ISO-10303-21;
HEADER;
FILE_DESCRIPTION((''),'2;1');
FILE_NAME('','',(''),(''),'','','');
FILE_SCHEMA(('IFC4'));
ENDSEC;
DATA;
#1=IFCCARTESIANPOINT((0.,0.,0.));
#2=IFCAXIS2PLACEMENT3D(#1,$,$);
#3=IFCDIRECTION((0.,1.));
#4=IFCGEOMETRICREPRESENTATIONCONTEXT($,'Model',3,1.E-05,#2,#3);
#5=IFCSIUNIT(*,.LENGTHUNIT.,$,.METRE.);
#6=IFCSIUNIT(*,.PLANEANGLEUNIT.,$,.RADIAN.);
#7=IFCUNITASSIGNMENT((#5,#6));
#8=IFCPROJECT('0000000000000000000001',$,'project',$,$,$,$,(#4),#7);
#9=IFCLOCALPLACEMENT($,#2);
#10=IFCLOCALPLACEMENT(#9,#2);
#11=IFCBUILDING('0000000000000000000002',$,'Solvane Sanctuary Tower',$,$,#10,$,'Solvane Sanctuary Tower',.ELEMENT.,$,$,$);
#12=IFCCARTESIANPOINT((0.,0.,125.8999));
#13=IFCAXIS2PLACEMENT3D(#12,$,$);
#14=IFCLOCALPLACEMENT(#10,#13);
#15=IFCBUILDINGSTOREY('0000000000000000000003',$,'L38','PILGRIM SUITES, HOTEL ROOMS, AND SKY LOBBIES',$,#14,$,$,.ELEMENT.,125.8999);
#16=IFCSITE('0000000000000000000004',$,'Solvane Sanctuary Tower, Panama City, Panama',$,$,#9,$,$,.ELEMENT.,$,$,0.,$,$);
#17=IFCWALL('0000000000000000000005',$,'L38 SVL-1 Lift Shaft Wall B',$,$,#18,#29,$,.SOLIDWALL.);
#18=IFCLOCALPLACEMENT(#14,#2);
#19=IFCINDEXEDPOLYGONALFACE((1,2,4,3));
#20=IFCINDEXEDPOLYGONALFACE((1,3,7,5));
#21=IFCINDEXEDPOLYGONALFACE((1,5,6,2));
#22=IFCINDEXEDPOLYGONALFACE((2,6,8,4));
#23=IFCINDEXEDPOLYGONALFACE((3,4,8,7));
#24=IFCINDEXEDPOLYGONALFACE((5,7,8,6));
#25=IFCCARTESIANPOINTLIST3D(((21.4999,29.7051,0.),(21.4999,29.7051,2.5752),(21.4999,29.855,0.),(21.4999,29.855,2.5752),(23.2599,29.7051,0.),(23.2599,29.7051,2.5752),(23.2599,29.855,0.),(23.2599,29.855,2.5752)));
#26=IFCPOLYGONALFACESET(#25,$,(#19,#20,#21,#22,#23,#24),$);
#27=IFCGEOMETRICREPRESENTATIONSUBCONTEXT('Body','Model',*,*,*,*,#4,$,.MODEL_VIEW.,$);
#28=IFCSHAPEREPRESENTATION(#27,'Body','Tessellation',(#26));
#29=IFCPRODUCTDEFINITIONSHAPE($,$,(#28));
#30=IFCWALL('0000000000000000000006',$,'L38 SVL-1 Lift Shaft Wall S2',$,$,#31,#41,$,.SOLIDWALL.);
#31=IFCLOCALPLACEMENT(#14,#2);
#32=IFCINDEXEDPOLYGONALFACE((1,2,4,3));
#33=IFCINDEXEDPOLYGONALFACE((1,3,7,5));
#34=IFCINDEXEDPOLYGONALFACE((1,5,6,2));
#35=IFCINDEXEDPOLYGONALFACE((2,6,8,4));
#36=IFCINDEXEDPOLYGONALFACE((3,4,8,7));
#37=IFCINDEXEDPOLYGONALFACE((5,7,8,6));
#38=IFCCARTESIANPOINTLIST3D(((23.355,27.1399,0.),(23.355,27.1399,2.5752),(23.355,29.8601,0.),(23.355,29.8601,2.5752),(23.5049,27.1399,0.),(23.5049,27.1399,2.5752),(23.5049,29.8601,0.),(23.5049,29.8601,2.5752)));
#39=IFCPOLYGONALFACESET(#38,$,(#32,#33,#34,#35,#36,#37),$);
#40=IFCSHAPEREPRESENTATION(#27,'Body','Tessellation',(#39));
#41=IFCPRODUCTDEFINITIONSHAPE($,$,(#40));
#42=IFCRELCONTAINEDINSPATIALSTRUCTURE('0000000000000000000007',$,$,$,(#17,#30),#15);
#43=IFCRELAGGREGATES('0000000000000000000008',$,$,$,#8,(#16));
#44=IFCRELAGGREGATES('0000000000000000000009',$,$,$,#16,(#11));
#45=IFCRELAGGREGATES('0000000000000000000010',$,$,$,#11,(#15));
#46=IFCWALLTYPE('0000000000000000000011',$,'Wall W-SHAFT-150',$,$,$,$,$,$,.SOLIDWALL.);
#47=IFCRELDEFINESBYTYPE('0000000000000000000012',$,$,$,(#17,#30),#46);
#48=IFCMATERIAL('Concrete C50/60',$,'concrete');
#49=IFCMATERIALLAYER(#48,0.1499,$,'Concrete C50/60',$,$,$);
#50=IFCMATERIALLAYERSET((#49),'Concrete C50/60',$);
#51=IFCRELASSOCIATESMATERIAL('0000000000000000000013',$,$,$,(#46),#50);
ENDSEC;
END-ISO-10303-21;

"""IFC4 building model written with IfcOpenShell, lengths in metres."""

from ifc_helpers import new_model, si_unit, direction, frame, frame_2d, origin, place, context, subcontext, project, spatial, rectangle, extrude, material, layer, layer_set, type_object, element, save


model = new_model("IFC4")

# Units and contexts
model_context = context("Model", 3, precision=1e-05, world=origin(), true_north=direction((0.0, 1.0)))
body_context = subcontext(model_context, "Body", "Model", "MODEL_VIEW")
ifc_project = project(units=[si_unit("LENGTHUNIT", "METRE"), si_unit("PLANEANGLEUNIT", "RADIAN")], contexts=[model_context])

# Site, building, storey
site_placement = place(None, origin())
site = spatial("IfcSite", under=ifc_project, at=site_placement, Name="Solvane Sanctuary Tower, Panama City, Panama", CompositionType="ELEMENT", RefElevation=0.0)
building_placement = place(site_placement, origin())
building = spatial("IfcBuilding", under=site, at=building_placement, Name="Solvane Sanctuary Tower", LongName="Solvane Sanctuary Tower", CompositionType="ELEMENT")
storey_placement = place(building_placement, frame((0.0, 0.0, 125.8999)))
storey = spatial("IfcBuildingStorey", under=building, at=storey_placement, Name="L38", Description="PILGRIM SUITES, HOTEL ROOMS, AND SKY LOBBIES", CompositionType="ELEMENT", Elevation=125.8999)

# Shared definitions
ifc_material_1 = material(Name="Concrete C50/60", Category="concrete")
ifc_layer_1 = layer(ifc_material_1, 0.1499, Name="Concrete C50/60")
ifc_layer_set_1 = layer_set([ifc_layer_1], Name="Concrete C50/60")
wall_type_1 = type_object("IfcWallType", Name="Wall W-SHAFT-150", PredefinedType="SOLIDWALL", material=ifc_layer_set_1)

# Walls
wall_1_placement = place(storey_placement, frame((21.5, 29.78, 0.0), z_axis=(0.0, 0.0, 1.0), x_axis=(1.0, 0.0, 0.0)))
element("IfcWall", 1, at=wall_1_placement, inside=storey, type_object=wall_type_1, Name="L38 SVL-1 Lift Shaft Wall B", PredefinedType="SOLIDWALL", context=body_context, shape_type="SweptSolid", body=[
    extrude(rectangle(XDim=1.76, YDim=0.1499, at=frame_2d((0.8799, 0.0))), origin(), (0.0, 0.0, 1.0), 2.5752),
])
wall_2_placement = place(storey_placement, frame((23.4299, 27.1399, 0.0), z_axis=(0.0, 0.0, 1.0), x_axis=(0.0, 1.0, 0.0)))
element("IfcWall", 2, at=wall_2_placement, inside=storey, type_object=wall_type_1, Name="L38 SVL-1 Lift Shaft Wall S2", PredefinedType="SOLIDWALL", context=body_context, shape_type="SweptSolid", body=[
    extrude(rectangle(XDim=2.7202, YDim=0.1499, at=frame_2d((1.3601, 0.0))), origin(), (0.0, 0.0, 1.0), 2.5752),
])

save(model, "model.ifc")
